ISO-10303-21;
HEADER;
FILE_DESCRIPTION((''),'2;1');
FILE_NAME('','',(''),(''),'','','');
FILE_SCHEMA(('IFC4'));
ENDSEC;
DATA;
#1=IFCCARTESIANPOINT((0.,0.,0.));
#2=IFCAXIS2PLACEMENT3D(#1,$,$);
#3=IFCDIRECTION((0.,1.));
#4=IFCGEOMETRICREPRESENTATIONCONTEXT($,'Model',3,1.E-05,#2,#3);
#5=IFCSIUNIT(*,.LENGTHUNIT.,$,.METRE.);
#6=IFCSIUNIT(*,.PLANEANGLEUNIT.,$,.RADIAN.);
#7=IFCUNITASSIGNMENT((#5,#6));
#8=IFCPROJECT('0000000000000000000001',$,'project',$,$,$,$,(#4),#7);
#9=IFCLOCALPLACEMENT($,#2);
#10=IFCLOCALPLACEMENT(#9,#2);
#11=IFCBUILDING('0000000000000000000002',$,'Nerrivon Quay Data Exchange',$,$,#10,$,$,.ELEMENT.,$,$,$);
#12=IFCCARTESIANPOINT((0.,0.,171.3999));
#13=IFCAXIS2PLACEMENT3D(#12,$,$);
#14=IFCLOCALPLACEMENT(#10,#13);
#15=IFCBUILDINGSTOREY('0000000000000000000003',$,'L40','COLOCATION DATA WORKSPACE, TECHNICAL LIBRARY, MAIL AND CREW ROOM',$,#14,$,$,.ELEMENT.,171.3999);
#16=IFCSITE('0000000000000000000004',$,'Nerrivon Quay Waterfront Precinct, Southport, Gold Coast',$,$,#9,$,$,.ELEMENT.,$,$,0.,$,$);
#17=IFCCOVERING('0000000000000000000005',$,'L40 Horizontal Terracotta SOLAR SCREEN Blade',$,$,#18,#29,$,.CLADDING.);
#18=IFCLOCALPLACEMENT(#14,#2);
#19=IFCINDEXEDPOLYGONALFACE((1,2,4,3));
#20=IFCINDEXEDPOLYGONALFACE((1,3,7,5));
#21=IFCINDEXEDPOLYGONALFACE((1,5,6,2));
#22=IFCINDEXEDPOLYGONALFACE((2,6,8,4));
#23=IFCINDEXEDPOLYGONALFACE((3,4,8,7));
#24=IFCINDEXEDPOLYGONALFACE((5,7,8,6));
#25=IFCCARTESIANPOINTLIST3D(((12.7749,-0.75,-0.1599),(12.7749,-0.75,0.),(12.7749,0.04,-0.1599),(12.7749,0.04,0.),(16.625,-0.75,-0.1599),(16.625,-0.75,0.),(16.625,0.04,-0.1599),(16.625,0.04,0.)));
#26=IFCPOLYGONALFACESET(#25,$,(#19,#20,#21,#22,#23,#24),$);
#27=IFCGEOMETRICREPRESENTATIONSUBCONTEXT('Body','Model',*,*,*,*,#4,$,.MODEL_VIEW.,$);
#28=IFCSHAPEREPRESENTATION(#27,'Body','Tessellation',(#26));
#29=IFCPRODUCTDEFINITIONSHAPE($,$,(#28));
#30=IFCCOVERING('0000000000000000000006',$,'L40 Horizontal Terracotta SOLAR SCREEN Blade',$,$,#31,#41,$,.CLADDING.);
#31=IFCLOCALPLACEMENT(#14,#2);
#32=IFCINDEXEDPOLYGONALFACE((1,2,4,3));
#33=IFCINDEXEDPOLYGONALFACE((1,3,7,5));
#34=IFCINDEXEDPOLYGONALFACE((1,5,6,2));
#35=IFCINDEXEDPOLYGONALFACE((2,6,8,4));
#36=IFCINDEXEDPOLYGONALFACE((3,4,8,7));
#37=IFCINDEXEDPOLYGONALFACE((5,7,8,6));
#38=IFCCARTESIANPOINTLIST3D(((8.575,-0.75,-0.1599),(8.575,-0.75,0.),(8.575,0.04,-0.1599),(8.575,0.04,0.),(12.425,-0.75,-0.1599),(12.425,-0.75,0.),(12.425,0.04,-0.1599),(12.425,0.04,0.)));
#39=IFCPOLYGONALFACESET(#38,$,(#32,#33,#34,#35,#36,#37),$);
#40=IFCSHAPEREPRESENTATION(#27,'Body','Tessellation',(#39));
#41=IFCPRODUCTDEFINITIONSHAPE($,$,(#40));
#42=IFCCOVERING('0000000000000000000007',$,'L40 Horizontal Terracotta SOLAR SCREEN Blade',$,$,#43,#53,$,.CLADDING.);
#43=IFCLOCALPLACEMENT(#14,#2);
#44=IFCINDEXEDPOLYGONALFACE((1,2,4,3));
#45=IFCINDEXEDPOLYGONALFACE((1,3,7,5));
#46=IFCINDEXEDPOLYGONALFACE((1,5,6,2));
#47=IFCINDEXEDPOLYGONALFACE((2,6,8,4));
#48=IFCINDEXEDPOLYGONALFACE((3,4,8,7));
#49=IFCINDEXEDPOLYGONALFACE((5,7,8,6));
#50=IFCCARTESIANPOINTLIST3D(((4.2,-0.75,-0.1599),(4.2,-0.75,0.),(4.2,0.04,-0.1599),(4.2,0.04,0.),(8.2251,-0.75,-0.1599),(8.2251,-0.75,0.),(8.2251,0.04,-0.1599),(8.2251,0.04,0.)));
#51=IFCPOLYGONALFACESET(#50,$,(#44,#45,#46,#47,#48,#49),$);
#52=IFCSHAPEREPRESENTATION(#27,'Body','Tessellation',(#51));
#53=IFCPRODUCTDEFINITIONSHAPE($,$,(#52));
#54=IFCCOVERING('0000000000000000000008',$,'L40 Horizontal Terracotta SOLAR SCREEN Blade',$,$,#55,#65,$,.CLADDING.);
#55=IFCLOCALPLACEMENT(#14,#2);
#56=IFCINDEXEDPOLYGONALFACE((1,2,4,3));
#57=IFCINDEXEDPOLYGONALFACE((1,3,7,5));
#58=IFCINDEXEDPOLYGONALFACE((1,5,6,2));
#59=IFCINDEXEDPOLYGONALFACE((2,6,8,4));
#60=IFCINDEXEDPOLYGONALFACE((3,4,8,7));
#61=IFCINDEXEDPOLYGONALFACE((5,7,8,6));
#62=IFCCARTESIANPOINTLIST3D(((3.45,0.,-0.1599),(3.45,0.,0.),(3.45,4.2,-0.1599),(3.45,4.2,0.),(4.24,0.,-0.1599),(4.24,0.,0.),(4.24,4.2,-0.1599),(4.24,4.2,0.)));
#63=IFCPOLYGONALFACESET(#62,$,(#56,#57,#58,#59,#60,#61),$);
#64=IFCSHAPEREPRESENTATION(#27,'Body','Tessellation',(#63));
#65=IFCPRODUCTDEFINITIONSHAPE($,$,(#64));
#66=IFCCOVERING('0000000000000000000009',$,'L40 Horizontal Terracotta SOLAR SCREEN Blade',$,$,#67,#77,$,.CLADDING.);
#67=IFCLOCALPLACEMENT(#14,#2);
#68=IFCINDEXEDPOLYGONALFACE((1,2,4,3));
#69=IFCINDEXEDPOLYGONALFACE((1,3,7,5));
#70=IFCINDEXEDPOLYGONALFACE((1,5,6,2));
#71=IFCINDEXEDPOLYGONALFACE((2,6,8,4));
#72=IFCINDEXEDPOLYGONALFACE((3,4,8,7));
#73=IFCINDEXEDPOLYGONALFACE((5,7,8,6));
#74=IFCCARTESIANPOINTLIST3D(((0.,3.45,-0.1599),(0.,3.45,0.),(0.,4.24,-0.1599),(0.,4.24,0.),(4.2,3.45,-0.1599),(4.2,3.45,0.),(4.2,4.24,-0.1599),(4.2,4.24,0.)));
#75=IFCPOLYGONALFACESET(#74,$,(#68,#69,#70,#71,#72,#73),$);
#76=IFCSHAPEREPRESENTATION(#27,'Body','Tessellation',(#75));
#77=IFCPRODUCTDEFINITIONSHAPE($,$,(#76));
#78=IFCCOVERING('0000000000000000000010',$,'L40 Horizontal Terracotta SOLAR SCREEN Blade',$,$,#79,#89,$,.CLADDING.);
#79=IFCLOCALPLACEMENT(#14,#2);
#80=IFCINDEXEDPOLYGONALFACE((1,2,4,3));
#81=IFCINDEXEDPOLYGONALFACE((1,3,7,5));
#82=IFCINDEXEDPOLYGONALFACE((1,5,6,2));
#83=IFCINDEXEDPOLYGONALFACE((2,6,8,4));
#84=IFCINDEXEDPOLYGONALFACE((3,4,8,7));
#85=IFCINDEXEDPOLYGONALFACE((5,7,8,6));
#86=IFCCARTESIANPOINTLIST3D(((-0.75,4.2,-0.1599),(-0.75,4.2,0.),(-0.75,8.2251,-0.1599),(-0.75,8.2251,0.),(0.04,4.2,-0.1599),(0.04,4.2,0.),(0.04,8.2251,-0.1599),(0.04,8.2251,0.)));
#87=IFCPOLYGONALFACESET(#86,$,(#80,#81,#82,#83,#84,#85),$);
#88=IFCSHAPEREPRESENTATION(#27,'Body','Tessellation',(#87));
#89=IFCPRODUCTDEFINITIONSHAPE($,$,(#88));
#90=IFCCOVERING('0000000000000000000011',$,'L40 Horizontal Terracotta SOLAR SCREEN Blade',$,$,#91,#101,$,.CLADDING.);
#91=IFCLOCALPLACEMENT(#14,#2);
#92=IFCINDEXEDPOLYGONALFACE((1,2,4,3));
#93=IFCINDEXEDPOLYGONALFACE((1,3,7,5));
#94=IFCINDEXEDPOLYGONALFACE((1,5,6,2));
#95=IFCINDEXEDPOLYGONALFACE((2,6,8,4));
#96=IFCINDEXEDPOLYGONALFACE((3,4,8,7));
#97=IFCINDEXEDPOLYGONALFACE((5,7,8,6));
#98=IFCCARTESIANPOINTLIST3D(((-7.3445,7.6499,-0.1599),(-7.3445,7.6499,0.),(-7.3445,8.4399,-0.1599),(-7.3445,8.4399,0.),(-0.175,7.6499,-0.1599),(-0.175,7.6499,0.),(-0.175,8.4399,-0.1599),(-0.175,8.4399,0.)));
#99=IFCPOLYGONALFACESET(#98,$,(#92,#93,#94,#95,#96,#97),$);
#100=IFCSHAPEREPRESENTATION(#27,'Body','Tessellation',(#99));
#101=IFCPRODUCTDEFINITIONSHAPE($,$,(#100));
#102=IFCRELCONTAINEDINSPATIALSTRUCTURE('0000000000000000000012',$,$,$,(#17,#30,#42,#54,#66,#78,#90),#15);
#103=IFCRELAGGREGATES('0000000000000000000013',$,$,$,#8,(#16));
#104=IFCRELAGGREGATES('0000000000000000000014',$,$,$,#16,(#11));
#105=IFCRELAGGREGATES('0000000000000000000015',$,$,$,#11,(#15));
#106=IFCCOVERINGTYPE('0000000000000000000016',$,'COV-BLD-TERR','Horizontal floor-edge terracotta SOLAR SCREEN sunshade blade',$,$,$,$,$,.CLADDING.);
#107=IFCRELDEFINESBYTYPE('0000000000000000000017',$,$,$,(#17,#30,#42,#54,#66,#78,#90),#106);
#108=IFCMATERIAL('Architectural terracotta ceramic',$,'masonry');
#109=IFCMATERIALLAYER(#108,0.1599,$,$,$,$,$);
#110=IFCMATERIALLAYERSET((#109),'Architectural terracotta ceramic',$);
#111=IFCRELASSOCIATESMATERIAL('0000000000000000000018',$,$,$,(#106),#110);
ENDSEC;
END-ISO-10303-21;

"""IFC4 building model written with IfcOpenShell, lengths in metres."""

from ifc_helpers import new_model, si_unit, direction, frame, origin, place, context, subcontext, project, spatial, polyline, outline, extrude, material, layer, layer_set, type_object, element, save


model = new_model("IFC4")

# Units and contexts
model_context = context("Model", 3, precision=1e-05, world=origin(), true_north=direction((0.0, 1.0)))
body_context = subcontext(model_context, "Body", "Model", "MODEL_VIEW")
ifc_project = project(units=[si_unit("LENGTHUNIT", "METRE"), si_unit("PLANEANGLEUNIT", "RADIAN")], contexts=[model_context])

# Site, building, storey
site_placement = place(None, origin())
site = spatial("IfcSite", under=ifc_project, at=site_placement, Name="Nerrivon Quay Waterfront Precinct, Southport, Gold Coast", CompositionType="ELEMENT", RefElevation=0.0)
building_placement = place(site_placement, origin())
building = spatial("IfcBuilding", under=site, at=building_placement, Name="Nerrivon Quay Data Exchange", CompositionType="ELEMENT")
storey_placement = place(building_placement, frame((0.0, 0.0, 171.3999)))
storey = spatial("IfcBuildingStorey", under=building, at=storey_placement, Name="L40", Description="COLOCATION DATA WORKSPACE, TECHNICAL LIBRARY, MAIL AND CREW ROOM", CompositionType="ELEMENT", Elevation=171.3999)

# Coverings
ifc_material_1 = material(Name="Architectural terracotta ceramic", Category="masonry")
ifc_layer_1 = layer(ifc_material_1, 0.1599)
ifc_layer_set_1 = layer_set([ifc_layer_1], Name="Architectural terracotta ceramic")
covering_type = type_object("IfcCoveringType", Name="COV-BLD-TERR", Description="Horizontal floor-edge terracotta SOLAR SCREEN sunshade blade", PredefinedType="CLADDING", material=ifc_layer_set_1)
covering_1_placement = place(storey_placement, frame((0.0, 0.0, -0.1599)))
element("IfcCovering", 1, at=covering_1_placement, inside=storey, type_object=covering_type, Name="L40 Horizontal Terracotta SOLAR SCREEN Blade", PredefinedType="CLADDING", context=body_context, shape_type="SweptSolid", body=[
    extrude(outline(polyline([(16.625, 0.04), (12.7749, 0.04), (12.7749, -0.75), (16.625, -0.75), (16.625, 0.04)])), origin(), (0.0, 0.0, 1.0), 0.1599),
])
covering_2_placement = place(storey_placement, frame((0.0, 0.0, -0.1599)))
element("IfcCovering", 2, at=covering_2_placement, inside=storey, type_object=covering_type, Name="L40 Horizontal Terracotta SOLAR SCREEN Blade", PredefinedType="CLADDING", context=body_context, shape_type="SweptSolid", body=[
    extrude(outline(polyline([(12.425, 0.04), (8.575, 0.04), (8.575, -0.75), (12.425, -0.75), (12.425, 0.04)])), origin(), (0.0, 0.0, 1.0), 0.1599),
])
covering_3_placement = place(storey_placement, frame((0.0, 0.0, -0.1599)))
element("IfcCovering", 3, at=covering_3_placement, inside=storey, type_object=covering_type, Name="L40 Horizontal Terracotta SOLAR SCREEN Blade", PredefinedType="CLADDING", context=body_context, shape_type="SweptSolid", body=[
    extrude(outline(polyline([(8.2251, 0.04), (4.2, 0.04), (4.2, -0.75), (8.2251, -0.75), (8.2251, 0.04)])), origin(), (0.0, 0.0, 1.0), 0.1599),
])
covering_4_placement = place(storey_placement, frame((0.0, 0.0, -0.1599)))
element("IfcCovering", 4, at=covering_4_placement, inside=storey, type_object=covering_type, Name="L40 Horizontal Terracotta SOLAR SCREEN Blade", PredefinedType="CLADDING", context=body_context, shape_type="SweptSolid", body=[
    extrude(outline(polyline([(4.24, 0.0), (4.24, 4.2), (3.45, 4.2), (3.45, 0.0), (4.24, 0.0)])), origin(), (0.0, 0.0, 1.0), 0.1599),
])
covering_5_placement = place(storey_placement, frame((0.0, 0.0, -0.1599)))
element("IfcCovering", 5, at=covering_5_placement, inside=storey, type_object=covering_type, Name="L40 Horizontal Terracotta SOLAR SCREEN Blade", PredefinedType="CLADDING", context=body_context, shape_type="SweptSolid", body=[
    extrude(outline(polyline([(4.2, 4.24), (0.0, 4.24), (0.0, 3.45), (4.2, 3.45), (4.2, 4.24)])), origin(), (0.0, 0.0, 1.0), 0.1599),
])
covering_6_placement = place(storey_placement, frame((0.0, 0.0, -0.1599)))
element("IfcCovering", 6, at=covering_6_placement, inside=storey, type_object=covering_type, Name="L40 Horizontal Terracotta SOLAR SCREEN Blade", PredefinedType="CLADDING", context=body_context, shape_type="SweptSolid", body=[
    extrude(outline(polyline([(0.04, 4.2), (0.04, 8.2251), (-0.75, 8.2251), (-0.75, 4.2), (0.04, 4.2)])), origin(), (0.0, 0.0, 1.0), 0.1599),
])
covering_7_placement = place(storey_placement, frame((0.0, 0.0, -0.1599)))
element("IfcCovering", 7, at=covering_7_placement, inside=storey, type_object=covering_type, Name="L40 Horizontal Terracotta SOLAR SCREEN Blade", PredefinedType="CLADDING", context=body_context, shape_type="SweptSolid", body=[
    extrude(outline(polyline([(-0.175, 8.4399), (-7.3445, 8.4399), (-7.3445, 7.6499), (-0.175, 7.6499), (-0.175, 8.4399)])), origin(), (0.0, 0.0, 1.0), 0.1599),
])

save(model, "model.ifc")
